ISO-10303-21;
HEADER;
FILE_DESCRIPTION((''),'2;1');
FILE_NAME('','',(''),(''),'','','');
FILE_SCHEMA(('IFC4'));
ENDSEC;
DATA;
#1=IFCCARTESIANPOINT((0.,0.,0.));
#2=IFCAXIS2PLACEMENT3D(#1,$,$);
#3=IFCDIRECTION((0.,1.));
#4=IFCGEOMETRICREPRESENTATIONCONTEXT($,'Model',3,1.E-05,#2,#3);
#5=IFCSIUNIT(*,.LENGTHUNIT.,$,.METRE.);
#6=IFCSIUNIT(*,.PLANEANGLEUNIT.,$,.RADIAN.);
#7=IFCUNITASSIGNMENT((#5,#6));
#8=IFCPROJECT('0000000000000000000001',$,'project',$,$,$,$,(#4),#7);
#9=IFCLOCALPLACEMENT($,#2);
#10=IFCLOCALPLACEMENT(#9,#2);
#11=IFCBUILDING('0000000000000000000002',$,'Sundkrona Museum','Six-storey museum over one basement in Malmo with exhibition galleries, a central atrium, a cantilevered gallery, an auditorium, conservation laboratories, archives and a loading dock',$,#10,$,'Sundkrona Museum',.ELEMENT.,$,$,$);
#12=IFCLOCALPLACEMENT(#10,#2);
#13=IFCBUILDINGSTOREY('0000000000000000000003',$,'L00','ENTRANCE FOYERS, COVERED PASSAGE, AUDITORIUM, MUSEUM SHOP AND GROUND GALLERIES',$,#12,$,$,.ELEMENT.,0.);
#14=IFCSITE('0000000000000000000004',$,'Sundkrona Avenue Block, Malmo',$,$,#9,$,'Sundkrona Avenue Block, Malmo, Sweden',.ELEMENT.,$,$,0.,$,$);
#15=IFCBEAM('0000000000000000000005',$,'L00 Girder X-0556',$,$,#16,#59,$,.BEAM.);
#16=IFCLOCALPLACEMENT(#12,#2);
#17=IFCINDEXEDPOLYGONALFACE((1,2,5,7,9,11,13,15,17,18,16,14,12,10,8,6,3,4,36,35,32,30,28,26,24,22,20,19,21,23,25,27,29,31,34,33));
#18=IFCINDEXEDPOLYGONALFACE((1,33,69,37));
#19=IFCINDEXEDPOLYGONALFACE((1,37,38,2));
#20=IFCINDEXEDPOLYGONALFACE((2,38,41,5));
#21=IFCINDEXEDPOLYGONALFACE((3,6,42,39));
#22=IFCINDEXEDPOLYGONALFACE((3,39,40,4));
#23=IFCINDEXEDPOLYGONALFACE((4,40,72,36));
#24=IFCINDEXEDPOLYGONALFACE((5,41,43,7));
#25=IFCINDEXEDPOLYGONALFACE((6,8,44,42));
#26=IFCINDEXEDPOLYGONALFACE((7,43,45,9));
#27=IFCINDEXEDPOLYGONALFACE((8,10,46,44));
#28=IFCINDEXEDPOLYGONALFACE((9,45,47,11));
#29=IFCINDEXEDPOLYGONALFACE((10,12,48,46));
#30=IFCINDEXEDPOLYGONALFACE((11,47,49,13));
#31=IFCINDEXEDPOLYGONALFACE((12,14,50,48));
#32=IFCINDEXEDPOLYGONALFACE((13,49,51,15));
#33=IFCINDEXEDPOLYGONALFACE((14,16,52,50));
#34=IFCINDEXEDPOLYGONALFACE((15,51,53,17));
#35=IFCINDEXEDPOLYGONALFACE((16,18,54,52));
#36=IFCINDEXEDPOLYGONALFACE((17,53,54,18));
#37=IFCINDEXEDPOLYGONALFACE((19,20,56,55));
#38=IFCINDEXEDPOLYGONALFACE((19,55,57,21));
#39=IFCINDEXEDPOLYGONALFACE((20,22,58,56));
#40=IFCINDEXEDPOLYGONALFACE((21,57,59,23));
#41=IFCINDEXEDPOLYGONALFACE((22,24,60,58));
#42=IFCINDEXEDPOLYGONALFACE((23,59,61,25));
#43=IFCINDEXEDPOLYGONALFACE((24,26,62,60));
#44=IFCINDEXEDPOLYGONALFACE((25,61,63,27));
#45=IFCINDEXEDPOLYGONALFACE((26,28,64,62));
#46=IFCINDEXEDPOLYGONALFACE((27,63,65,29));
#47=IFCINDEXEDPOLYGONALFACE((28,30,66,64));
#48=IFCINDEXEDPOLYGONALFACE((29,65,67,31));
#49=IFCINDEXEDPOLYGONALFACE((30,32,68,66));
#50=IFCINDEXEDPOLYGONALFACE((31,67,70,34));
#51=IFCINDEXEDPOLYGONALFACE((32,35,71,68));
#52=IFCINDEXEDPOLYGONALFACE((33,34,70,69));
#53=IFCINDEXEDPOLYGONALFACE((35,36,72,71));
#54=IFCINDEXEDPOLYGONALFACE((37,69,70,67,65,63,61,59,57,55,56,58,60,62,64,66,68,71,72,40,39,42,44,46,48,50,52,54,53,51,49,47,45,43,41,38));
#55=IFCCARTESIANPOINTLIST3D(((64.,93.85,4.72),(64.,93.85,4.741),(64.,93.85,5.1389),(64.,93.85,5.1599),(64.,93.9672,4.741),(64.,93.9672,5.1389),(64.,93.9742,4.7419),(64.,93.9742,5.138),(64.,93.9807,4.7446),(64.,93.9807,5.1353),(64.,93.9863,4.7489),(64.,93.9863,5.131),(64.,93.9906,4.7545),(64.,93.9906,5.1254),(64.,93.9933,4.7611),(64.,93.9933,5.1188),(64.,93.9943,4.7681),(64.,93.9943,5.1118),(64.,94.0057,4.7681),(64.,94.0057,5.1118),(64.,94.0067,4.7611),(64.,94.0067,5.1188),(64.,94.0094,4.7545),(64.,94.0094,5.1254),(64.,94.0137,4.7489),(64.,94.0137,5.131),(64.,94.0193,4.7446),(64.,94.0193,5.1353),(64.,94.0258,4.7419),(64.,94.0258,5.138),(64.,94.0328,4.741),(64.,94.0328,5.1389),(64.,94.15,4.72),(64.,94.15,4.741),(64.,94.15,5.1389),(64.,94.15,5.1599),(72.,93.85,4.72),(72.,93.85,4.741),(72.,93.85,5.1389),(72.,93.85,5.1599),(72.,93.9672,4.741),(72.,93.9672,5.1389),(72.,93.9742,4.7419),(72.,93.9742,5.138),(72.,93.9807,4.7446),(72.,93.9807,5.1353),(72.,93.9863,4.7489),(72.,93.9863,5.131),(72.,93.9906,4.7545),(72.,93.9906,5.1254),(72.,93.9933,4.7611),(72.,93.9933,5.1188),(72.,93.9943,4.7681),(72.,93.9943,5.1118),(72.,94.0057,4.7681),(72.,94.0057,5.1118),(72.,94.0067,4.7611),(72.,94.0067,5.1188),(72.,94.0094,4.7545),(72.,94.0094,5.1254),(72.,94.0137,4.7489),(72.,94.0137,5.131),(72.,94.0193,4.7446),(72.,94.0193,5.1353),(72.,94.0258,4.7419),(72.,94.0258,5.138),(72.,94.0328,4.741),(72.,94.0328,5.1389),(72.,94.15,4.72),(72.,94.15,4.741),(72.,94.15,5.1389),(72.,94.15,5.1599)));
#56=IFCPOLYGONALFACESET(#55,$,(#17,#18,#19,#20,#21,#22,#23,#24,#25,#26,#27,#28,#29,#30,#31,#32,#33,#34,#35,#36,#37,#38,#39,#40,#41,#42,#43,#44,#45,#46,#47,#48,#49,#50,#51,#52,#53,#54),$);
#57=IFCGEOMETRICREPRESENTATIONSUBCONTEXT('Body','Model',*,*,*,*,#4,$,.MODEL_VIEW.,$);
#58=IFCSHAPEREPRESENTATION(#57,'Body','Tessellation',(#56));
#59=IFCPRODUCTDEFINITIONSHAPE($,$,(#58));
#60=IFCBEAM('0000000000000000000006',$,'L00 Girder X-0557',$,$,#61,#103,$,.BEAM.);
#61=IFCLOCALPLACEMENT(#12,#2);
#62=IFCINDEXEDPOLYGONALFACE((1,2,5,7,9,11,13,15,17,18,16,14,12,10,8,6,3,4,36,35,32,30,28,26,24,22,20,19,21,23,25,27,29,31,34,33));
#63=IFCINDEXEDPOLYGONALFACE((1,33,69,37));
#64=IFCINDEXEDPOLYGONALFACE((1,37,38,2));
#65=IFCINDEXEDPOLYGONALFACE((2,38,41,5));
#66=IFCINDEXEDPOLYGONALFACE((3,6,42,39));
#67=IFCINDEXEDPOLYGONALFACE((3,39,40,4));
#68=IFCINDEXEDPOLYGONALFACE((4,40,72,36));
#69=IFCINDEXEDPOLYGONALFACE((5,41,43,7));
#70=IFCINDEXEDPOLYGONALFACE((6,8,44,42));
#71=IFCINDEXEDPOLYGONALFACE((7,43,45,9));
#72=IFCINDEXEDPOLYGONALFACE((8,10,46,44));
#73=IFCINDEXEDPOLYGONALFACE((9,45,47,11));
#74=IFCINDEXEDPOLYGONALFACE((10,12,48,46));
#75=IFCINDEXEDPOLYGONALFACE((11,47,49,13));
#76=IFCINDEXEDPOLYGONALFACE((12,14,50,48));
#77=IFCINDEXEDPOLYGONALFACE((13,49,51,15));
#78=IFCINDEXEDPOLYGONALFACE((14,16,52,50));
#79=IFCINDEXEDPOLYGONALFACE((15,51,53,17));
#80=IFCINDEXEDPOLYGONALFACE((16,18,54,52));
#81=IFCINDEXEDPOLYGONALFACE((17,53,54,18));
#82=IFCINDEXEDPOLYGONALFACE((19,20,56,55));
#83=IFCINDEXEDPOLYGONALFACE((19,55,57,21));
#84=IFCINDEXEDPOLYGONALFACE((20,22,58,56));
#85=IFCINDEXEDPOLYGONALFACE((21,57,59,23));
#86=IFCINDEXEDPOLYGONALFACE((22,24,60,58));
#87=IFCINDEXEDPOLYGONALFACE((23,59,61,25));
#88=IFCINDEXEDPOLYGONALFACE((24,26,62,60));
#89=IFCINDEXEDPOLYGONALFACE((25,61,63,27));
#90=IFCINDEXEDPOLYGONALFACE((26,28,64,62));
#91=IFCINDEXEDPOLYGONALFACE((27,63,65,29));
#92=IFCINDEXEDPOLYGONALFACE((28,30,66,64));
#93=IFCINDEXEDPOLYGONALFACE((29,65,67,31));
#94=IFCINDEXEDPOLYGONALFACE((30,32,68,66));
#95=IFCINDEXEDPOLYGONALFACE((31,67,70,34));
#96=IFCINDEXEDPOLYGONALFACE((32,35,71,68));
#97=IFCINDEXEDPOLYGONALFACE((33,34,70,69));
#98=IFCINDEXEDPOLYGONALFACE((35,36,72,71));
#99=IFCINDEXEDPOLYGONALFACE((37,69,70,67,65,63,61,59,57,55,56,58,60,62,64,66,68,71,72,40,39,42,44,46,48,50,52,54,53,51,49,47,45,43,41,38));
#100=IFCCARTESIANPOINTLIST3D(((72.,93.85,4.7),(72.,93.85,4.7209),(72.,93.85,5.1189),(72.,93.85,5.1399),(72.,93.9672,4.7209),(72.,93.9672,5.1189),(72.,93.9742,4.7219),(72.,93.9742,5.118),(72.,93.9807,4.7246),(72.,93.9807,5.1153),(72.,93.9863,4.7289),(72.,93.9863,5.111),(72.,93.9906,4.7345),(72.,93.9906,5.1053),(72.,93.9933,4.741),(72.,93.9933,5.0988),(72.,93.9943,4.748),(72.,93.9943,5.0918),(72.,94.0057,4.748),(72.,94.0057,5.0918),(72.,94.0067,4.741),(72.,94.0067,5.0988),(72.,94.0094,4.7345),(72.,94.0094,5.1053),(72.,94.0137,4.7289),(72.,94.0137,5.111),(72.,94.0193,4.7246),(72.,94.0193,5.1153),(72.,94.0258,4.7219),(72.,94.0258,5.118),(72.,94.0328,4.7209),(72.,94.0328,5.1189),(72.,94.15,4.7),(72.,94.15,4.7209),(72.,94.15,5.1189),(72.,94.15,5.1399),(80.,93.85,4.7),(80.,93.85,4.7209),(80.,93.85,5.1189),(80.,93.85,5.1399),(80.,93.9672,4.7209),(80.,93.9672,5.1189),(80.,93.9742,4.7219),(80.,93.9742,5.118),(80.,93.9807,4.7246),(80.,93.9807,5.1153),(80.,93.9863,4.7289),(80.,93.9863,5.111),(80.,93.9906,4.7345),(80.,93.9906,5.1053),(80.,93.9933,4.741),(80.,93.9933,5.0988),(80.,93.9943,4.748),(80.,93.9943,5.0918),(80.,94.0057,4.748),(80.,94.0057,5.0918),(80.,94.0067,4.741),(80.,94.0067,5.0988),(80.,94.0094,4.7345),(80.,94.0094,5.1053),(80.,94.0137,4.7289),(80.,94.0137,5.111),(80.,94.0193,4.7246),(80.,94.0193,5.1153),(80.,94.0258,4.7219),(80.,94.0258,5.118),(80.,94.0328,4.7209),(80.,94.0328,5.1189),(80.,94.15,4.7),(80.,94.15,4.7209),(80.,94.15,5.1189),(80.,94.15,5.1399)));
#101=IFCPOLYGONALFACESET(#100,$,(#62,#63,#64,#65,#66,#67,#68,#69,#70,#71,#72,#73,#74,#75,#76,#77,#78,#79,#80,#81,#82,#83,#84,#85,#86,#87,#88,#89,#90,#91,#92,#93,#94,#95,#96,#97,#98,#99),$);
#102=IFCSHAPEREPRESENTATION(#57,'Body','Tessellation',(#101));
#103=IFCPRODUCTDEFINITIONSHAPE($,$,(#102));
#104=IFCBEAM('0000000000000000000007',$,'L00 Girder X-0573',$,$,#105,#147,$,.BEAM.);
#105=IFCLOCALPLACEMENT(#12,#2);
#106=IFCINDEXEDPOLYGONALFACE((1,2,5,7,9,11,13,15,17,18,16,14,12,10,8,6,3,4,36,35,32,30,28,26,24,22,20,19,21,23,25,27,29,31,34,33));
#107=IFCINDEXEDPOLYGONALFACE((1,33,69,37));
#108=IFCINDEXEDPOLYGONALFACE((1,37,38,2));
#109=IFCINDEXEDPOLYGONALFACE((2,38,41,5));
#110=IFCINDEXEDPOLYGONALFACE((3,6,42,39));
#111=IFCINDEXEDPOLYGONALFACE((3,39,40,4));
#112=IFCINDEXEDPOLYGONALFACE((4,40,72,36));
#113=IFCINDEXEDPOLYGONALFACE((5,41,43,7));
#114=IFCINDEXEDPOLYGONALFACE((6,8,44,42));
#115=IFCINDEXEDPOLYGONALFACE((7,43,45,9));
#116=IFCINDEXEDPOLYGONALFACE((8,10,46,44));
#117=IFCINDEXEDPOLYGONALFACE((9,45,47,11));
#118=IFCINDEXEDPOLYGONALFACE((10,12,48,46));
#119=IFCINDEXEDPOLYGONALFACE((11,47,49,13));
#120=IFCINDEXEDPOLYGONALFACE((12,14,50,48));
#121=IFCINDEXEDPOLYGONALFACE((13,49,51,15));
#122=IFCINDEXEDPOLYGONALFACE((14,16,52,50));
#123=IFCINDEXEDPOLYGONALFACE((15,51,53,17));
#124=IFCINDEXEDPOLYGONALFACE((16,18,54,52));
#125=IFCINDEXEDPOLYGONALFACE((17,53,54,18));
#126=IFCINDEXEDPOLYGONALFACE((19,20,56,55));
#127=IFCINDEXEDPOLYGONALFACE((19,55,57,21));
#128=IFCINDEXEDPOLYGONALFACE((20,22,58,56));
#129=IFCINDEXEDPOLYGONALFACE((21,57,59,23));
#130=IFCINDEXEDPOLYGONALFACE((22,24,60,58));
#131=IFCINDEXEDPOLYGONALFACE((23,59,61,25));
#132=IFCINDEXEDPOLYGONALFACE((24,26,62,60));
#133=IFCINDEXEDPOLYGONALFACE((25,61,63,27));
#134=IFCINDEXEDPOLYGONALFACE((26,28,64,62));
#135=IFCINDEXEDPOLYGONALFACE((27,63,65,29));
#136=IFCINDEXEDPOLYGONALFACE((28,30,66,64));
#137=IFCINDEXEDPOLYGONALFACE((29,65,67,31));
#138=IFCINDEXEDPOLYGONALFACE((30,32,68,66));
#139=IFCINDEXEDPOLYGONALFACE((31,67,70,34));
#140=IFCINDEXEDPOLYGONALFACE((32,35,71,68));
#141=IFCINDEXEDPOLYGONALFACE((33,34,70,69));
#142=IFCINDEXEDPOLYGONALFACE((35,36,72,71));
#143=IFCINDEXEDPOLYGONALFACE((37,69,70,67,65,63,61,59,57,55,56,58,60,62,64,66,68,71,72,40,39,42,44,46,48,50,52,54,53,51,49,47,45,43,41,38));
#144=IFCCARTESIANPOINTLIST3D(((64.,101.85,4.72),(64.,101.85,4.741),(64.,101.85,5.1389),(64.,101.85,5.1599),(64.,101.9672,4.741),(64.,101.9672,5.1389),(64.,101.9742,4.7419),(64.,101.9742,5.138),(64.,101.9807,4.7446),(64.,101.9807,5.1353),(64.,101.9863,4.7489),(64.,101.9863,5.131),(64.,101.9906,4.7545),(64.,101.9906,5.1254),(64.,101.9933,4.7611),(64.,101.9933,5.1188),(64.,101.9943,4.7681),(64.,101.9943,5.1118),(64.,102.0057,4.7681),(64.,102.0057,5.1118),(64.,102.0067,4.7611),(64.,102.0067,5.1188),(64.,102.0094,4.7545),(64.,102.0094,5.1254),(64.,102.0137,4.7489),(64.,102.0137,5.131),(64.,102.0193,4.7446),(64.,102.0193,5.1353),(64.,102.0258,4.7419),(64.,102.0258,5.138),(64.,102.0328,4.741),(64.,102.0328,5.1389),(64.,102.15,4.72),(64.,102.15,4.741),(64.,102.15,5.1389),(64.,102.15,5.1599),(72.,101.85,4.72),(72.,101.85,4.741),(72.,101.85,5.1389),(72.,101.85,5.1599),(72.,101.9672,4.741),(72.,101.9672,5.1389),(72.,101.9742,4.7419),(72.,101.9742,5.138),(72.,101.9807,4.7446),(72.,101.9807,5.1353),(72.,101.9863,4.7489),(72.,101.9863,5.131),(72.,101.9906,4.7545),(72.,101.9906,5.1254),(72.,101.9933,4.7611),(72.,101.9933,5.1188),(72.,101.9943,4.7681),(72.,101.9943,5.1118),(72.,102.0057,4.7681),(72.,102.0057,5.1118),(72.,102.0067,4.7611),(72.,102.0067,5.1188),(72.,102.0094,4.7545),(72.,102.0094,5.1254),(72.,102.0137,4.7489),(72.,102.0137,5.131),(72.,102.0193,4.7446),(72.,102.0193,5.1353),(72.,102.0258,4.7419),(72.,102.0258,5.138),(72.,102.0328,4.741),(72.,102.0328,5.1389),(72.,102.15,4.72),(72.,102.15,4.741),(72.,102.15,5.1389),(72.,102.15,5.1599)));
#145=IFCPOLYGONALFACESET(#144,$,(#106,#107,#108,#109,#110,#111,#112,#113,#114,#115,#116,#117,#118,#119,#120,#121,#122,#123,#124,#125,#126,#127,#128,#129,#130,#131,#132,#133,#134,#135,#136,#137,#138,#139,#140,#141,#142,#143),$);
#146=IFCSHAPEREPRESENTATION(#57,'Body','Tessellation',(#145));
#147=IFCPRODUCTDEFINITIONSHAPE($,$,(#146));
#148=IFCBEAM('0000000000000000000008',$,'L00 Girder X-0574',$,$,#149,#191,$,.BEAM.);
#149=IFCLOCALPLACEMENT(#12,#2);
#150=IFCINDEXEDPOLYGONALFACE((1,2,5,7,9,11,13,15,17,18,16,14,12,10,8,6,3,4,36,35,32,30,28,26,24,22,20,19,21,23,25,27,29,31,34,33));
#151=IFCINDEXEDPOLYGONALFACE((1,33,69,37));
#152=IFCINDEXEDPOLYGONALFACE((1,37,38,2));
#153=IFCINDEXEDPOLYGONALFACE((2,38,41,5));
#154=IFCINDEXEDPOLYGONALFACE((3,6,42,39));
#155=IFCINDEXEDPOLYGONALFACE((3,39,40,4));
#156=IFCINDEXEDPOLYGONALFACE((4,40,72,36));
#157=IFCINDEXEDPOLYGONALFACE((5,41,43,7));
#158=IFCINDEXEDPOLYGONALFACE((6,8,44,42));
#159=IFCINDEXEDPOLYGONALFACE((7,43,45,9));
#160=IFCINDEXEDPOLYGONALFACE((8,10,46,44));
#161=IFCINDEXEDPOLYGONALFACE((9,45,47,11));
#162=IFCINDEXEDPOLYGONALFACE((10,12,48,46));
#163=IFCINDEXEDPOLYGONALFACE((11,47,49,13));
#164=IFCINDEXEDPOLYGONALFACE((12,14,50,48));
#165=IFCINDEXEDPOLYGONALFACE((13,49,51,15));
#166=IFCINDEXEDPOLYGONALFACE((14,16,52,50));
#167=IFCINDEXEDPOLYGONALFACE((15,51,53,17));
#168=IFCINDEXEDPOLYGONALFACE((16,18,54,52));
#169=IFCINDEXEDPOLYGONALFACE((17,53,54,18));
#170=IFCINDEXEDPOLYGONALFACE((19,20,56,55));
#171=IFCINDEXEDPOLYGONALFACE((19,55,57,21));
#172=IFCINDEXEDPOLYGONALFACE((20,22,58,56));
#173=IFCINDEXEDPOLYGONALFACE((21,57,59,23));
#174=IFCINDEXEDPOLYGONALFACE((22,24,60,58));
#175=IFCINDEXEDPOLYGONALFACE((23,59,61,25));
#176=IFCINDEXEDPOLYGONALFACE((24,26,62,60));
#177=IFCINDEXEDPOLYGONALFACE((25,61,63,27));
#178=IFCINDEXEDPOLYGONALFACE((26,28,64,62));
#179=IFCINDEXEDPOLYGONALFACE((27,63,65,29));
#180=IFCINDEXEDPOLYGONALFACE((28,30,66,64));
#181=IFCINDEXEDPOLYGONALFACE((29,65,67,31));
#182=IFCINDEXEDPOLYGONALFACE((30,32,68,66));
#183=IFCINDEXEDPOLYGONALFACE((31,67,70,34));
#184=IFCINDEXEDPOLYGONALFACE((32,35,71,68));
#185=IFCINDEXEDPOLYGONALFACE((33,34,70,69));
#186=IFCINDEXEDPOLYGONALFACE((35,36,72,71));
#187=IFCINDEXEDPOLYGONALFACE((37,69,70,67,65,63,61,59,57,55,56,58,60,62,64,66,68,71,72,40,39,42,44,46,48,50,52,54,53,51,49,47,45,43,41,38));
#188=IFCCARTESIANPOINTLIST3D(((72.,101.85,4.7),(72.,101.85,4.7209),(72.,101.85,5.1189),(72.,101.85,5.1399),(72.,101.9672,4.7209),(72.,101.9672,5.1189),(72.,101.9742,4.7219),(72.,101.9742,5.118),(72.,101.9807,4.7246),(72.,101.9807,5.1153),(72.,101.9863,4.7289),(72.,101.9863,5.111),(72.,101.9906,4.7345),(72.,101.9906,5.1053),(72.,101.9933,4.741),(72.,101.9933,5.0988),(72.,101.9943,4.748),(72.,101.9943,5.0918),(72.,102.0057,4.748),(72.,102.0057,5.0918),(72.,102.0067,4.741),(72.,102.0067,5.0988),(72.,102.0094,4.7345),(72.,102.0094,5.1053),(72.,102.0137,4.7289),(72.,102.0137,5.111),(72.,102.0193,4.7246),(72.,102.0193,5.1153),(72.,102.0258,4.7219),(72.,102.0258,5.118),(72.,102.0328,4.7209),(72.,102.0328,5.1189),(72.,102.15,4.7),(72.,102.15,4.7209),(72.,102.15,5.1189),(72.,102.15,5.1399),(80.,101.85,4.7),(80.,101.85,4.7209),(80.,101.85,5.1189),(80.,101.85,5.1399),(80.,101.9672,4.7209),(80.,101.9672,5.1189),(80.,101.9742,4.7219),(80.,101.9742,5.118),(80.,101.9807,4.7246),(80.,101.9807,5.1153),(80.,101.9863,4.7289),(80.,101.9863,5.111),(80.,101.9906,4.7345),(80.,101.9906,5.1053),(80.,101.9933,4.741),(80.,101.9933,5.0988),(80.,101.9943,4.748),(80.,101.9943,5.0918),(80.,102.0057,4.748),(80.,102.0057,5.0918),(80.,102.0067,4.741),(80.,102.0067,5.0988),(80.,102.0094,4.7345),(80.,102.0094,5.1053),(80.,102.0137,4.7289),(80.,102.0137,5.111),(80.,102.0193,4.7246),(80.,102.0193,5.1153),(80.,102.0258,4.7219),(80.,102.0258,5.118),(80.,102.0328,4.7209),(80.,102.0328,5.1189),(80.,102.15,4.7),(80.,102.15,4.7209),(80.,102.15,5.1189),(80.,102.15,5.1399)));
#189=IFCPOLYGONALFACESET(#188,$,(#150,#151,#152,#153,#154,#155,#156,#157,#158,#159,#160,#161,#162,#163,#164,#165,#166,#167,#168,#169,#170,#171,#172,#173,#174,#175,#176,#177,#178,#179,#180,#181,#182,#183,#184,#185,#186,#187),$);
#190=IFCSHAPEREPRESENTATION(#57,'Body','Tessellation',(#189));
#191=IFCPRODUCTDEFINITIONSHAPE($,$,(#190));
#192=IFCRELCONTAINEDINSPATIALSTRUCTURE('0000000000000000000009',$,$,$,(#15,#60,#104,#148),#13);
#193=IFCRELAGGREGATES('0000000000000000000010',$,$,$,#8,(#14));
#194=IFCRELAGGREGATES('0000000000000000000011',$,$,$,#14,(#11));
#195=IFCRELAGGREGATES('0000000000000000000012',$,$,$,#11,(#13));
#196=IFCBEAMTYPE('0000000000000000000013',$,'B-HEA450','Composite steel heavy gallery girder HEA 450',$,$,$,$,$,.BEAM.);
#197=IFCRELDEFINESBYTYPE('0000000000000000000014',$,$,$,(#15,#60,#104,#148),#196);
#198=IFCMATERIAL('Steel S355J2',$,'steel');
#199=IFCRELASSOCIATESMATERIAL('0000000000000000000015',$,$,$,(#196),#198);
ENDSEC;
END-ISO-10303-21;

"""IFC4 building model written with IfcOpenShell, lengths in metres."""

from ifc_helpers import new_model, si_unit, direction, frame, origin, origin_2d, place, context, subcontext, project, spatial, i_section, extrude, material, material_profile, profile_set, type_object, element, save


model = new_model("IFC4")

# Units and contexts
model_context = context("Model", 3, precision=1e-05, world=origin(), true_north=direction((0.0, 1.0)))
body_context = subcontext(model_context, "Body", "Model", "MODEL_VIEW")
ifc_project = project(units=[si_unit("LENGTHUNIT", "METRE"), si_unit("PLANEANGLEUNIT", "RADIAN")], contexts=[model_context])

# Site, building, storey
site_placement = place(None, origin())
site = spatial("IfcSite", under=ifc_project, at=site_placement, Name="Sundkrona Avenue Block, Malmo", LongName="Sundkrona Avenue Block, Malmo, Sweden", CompositionType="ELEMENT", RefElevation=0.0)
building_placement = place(site_placement, origin())
building = spatial("IfcBuilding", under=site, at=building_placement, Name="Sundkrona Museum", Description="Six-storey museum over one basement in Malmo with exhibition galleries, a central atrium, a cantilevered gallery, an auditorium, conservation laboratories, archives and a loading dock", LongName="Sundkrona Museum", CompositionType="ELEMENT")
storey_placement = place(building_placement, origin())
storey = spatial("IfcBuildingStorey", under=building, at=storey_placement, Name="L00", Description="ENTRANCE FOYERS, COVERED PASSAGE, AUDITORIUM, MUSEUM SHOP AND GROUND GALLERIES", CompositionType="ELEMENT", Elevation=0.0)

# Shared definitions
ifc_material_1 = material(Name="Steel S355J2", Category="steel")

# Beams
ifc_material_profile_1 = material_profile(ifc_material_1, i_section(OverallWidth=0.3, OverallDepth=0.4399, WebThickness=0.0115, FlangeThickness=0.021, FilletRadius=0.0271, at=origin_2d()), Name="HEA 450")
ifc_profile_set_1 = profile_set([ifc_material_profile_1], Name="Steel S355J2")
beam_type_1 = type_object("IfcBeamType", Name="B-HEA450", Description="Composite steel heavy gallery girder HEA 450", PredefinedType="BEAM", material=ifc_profile_set_1)
for number, where, z_axis, x_axis, name in (
    (1, (64.0, 94.0, 4.9399), (1.0, 0.0, 0.0), (0.0, 1.0, 0.0), "L00 Girder X-0556"),
    (2, (72.0, 94.0, 4.9199), (1.0, 0.0, 0.0), (0.0, 1.0, 0.0), "L00 Girder X-0557"),
    (3, (64.0, 102.0, 4.9399), (1.0, 0.0, 0.0), (0.0, 1.0, 0.0), "L00 Girder X-0573"),
    (4, (72.0, 102.0, 4.9199), (1.0, 0.0, 0.0), (0.0, 1.0, 0.0), "L00 Girder X-0574"),
):
    element("IfcBeam", number, at=place(storey_placement, frame(where, z_axis=z_axis, x_axis=x_axis)), inside=storey, type_object=beam_type_1, Name=name, PredefinedType="BEAM", context=body_context, shape_type="SweptSolid", body=[
        extrude(i_section(OverallWidth=0.3, OverallDepth=0.4399, WebThickness=0.0115, FlangeThickness=0.021, FilletRadius=0.0271, at=origin_2d()), origin(), (0.0, 0.0, 1.0), 8.0),
    ])

save(model, "model.ifc")
